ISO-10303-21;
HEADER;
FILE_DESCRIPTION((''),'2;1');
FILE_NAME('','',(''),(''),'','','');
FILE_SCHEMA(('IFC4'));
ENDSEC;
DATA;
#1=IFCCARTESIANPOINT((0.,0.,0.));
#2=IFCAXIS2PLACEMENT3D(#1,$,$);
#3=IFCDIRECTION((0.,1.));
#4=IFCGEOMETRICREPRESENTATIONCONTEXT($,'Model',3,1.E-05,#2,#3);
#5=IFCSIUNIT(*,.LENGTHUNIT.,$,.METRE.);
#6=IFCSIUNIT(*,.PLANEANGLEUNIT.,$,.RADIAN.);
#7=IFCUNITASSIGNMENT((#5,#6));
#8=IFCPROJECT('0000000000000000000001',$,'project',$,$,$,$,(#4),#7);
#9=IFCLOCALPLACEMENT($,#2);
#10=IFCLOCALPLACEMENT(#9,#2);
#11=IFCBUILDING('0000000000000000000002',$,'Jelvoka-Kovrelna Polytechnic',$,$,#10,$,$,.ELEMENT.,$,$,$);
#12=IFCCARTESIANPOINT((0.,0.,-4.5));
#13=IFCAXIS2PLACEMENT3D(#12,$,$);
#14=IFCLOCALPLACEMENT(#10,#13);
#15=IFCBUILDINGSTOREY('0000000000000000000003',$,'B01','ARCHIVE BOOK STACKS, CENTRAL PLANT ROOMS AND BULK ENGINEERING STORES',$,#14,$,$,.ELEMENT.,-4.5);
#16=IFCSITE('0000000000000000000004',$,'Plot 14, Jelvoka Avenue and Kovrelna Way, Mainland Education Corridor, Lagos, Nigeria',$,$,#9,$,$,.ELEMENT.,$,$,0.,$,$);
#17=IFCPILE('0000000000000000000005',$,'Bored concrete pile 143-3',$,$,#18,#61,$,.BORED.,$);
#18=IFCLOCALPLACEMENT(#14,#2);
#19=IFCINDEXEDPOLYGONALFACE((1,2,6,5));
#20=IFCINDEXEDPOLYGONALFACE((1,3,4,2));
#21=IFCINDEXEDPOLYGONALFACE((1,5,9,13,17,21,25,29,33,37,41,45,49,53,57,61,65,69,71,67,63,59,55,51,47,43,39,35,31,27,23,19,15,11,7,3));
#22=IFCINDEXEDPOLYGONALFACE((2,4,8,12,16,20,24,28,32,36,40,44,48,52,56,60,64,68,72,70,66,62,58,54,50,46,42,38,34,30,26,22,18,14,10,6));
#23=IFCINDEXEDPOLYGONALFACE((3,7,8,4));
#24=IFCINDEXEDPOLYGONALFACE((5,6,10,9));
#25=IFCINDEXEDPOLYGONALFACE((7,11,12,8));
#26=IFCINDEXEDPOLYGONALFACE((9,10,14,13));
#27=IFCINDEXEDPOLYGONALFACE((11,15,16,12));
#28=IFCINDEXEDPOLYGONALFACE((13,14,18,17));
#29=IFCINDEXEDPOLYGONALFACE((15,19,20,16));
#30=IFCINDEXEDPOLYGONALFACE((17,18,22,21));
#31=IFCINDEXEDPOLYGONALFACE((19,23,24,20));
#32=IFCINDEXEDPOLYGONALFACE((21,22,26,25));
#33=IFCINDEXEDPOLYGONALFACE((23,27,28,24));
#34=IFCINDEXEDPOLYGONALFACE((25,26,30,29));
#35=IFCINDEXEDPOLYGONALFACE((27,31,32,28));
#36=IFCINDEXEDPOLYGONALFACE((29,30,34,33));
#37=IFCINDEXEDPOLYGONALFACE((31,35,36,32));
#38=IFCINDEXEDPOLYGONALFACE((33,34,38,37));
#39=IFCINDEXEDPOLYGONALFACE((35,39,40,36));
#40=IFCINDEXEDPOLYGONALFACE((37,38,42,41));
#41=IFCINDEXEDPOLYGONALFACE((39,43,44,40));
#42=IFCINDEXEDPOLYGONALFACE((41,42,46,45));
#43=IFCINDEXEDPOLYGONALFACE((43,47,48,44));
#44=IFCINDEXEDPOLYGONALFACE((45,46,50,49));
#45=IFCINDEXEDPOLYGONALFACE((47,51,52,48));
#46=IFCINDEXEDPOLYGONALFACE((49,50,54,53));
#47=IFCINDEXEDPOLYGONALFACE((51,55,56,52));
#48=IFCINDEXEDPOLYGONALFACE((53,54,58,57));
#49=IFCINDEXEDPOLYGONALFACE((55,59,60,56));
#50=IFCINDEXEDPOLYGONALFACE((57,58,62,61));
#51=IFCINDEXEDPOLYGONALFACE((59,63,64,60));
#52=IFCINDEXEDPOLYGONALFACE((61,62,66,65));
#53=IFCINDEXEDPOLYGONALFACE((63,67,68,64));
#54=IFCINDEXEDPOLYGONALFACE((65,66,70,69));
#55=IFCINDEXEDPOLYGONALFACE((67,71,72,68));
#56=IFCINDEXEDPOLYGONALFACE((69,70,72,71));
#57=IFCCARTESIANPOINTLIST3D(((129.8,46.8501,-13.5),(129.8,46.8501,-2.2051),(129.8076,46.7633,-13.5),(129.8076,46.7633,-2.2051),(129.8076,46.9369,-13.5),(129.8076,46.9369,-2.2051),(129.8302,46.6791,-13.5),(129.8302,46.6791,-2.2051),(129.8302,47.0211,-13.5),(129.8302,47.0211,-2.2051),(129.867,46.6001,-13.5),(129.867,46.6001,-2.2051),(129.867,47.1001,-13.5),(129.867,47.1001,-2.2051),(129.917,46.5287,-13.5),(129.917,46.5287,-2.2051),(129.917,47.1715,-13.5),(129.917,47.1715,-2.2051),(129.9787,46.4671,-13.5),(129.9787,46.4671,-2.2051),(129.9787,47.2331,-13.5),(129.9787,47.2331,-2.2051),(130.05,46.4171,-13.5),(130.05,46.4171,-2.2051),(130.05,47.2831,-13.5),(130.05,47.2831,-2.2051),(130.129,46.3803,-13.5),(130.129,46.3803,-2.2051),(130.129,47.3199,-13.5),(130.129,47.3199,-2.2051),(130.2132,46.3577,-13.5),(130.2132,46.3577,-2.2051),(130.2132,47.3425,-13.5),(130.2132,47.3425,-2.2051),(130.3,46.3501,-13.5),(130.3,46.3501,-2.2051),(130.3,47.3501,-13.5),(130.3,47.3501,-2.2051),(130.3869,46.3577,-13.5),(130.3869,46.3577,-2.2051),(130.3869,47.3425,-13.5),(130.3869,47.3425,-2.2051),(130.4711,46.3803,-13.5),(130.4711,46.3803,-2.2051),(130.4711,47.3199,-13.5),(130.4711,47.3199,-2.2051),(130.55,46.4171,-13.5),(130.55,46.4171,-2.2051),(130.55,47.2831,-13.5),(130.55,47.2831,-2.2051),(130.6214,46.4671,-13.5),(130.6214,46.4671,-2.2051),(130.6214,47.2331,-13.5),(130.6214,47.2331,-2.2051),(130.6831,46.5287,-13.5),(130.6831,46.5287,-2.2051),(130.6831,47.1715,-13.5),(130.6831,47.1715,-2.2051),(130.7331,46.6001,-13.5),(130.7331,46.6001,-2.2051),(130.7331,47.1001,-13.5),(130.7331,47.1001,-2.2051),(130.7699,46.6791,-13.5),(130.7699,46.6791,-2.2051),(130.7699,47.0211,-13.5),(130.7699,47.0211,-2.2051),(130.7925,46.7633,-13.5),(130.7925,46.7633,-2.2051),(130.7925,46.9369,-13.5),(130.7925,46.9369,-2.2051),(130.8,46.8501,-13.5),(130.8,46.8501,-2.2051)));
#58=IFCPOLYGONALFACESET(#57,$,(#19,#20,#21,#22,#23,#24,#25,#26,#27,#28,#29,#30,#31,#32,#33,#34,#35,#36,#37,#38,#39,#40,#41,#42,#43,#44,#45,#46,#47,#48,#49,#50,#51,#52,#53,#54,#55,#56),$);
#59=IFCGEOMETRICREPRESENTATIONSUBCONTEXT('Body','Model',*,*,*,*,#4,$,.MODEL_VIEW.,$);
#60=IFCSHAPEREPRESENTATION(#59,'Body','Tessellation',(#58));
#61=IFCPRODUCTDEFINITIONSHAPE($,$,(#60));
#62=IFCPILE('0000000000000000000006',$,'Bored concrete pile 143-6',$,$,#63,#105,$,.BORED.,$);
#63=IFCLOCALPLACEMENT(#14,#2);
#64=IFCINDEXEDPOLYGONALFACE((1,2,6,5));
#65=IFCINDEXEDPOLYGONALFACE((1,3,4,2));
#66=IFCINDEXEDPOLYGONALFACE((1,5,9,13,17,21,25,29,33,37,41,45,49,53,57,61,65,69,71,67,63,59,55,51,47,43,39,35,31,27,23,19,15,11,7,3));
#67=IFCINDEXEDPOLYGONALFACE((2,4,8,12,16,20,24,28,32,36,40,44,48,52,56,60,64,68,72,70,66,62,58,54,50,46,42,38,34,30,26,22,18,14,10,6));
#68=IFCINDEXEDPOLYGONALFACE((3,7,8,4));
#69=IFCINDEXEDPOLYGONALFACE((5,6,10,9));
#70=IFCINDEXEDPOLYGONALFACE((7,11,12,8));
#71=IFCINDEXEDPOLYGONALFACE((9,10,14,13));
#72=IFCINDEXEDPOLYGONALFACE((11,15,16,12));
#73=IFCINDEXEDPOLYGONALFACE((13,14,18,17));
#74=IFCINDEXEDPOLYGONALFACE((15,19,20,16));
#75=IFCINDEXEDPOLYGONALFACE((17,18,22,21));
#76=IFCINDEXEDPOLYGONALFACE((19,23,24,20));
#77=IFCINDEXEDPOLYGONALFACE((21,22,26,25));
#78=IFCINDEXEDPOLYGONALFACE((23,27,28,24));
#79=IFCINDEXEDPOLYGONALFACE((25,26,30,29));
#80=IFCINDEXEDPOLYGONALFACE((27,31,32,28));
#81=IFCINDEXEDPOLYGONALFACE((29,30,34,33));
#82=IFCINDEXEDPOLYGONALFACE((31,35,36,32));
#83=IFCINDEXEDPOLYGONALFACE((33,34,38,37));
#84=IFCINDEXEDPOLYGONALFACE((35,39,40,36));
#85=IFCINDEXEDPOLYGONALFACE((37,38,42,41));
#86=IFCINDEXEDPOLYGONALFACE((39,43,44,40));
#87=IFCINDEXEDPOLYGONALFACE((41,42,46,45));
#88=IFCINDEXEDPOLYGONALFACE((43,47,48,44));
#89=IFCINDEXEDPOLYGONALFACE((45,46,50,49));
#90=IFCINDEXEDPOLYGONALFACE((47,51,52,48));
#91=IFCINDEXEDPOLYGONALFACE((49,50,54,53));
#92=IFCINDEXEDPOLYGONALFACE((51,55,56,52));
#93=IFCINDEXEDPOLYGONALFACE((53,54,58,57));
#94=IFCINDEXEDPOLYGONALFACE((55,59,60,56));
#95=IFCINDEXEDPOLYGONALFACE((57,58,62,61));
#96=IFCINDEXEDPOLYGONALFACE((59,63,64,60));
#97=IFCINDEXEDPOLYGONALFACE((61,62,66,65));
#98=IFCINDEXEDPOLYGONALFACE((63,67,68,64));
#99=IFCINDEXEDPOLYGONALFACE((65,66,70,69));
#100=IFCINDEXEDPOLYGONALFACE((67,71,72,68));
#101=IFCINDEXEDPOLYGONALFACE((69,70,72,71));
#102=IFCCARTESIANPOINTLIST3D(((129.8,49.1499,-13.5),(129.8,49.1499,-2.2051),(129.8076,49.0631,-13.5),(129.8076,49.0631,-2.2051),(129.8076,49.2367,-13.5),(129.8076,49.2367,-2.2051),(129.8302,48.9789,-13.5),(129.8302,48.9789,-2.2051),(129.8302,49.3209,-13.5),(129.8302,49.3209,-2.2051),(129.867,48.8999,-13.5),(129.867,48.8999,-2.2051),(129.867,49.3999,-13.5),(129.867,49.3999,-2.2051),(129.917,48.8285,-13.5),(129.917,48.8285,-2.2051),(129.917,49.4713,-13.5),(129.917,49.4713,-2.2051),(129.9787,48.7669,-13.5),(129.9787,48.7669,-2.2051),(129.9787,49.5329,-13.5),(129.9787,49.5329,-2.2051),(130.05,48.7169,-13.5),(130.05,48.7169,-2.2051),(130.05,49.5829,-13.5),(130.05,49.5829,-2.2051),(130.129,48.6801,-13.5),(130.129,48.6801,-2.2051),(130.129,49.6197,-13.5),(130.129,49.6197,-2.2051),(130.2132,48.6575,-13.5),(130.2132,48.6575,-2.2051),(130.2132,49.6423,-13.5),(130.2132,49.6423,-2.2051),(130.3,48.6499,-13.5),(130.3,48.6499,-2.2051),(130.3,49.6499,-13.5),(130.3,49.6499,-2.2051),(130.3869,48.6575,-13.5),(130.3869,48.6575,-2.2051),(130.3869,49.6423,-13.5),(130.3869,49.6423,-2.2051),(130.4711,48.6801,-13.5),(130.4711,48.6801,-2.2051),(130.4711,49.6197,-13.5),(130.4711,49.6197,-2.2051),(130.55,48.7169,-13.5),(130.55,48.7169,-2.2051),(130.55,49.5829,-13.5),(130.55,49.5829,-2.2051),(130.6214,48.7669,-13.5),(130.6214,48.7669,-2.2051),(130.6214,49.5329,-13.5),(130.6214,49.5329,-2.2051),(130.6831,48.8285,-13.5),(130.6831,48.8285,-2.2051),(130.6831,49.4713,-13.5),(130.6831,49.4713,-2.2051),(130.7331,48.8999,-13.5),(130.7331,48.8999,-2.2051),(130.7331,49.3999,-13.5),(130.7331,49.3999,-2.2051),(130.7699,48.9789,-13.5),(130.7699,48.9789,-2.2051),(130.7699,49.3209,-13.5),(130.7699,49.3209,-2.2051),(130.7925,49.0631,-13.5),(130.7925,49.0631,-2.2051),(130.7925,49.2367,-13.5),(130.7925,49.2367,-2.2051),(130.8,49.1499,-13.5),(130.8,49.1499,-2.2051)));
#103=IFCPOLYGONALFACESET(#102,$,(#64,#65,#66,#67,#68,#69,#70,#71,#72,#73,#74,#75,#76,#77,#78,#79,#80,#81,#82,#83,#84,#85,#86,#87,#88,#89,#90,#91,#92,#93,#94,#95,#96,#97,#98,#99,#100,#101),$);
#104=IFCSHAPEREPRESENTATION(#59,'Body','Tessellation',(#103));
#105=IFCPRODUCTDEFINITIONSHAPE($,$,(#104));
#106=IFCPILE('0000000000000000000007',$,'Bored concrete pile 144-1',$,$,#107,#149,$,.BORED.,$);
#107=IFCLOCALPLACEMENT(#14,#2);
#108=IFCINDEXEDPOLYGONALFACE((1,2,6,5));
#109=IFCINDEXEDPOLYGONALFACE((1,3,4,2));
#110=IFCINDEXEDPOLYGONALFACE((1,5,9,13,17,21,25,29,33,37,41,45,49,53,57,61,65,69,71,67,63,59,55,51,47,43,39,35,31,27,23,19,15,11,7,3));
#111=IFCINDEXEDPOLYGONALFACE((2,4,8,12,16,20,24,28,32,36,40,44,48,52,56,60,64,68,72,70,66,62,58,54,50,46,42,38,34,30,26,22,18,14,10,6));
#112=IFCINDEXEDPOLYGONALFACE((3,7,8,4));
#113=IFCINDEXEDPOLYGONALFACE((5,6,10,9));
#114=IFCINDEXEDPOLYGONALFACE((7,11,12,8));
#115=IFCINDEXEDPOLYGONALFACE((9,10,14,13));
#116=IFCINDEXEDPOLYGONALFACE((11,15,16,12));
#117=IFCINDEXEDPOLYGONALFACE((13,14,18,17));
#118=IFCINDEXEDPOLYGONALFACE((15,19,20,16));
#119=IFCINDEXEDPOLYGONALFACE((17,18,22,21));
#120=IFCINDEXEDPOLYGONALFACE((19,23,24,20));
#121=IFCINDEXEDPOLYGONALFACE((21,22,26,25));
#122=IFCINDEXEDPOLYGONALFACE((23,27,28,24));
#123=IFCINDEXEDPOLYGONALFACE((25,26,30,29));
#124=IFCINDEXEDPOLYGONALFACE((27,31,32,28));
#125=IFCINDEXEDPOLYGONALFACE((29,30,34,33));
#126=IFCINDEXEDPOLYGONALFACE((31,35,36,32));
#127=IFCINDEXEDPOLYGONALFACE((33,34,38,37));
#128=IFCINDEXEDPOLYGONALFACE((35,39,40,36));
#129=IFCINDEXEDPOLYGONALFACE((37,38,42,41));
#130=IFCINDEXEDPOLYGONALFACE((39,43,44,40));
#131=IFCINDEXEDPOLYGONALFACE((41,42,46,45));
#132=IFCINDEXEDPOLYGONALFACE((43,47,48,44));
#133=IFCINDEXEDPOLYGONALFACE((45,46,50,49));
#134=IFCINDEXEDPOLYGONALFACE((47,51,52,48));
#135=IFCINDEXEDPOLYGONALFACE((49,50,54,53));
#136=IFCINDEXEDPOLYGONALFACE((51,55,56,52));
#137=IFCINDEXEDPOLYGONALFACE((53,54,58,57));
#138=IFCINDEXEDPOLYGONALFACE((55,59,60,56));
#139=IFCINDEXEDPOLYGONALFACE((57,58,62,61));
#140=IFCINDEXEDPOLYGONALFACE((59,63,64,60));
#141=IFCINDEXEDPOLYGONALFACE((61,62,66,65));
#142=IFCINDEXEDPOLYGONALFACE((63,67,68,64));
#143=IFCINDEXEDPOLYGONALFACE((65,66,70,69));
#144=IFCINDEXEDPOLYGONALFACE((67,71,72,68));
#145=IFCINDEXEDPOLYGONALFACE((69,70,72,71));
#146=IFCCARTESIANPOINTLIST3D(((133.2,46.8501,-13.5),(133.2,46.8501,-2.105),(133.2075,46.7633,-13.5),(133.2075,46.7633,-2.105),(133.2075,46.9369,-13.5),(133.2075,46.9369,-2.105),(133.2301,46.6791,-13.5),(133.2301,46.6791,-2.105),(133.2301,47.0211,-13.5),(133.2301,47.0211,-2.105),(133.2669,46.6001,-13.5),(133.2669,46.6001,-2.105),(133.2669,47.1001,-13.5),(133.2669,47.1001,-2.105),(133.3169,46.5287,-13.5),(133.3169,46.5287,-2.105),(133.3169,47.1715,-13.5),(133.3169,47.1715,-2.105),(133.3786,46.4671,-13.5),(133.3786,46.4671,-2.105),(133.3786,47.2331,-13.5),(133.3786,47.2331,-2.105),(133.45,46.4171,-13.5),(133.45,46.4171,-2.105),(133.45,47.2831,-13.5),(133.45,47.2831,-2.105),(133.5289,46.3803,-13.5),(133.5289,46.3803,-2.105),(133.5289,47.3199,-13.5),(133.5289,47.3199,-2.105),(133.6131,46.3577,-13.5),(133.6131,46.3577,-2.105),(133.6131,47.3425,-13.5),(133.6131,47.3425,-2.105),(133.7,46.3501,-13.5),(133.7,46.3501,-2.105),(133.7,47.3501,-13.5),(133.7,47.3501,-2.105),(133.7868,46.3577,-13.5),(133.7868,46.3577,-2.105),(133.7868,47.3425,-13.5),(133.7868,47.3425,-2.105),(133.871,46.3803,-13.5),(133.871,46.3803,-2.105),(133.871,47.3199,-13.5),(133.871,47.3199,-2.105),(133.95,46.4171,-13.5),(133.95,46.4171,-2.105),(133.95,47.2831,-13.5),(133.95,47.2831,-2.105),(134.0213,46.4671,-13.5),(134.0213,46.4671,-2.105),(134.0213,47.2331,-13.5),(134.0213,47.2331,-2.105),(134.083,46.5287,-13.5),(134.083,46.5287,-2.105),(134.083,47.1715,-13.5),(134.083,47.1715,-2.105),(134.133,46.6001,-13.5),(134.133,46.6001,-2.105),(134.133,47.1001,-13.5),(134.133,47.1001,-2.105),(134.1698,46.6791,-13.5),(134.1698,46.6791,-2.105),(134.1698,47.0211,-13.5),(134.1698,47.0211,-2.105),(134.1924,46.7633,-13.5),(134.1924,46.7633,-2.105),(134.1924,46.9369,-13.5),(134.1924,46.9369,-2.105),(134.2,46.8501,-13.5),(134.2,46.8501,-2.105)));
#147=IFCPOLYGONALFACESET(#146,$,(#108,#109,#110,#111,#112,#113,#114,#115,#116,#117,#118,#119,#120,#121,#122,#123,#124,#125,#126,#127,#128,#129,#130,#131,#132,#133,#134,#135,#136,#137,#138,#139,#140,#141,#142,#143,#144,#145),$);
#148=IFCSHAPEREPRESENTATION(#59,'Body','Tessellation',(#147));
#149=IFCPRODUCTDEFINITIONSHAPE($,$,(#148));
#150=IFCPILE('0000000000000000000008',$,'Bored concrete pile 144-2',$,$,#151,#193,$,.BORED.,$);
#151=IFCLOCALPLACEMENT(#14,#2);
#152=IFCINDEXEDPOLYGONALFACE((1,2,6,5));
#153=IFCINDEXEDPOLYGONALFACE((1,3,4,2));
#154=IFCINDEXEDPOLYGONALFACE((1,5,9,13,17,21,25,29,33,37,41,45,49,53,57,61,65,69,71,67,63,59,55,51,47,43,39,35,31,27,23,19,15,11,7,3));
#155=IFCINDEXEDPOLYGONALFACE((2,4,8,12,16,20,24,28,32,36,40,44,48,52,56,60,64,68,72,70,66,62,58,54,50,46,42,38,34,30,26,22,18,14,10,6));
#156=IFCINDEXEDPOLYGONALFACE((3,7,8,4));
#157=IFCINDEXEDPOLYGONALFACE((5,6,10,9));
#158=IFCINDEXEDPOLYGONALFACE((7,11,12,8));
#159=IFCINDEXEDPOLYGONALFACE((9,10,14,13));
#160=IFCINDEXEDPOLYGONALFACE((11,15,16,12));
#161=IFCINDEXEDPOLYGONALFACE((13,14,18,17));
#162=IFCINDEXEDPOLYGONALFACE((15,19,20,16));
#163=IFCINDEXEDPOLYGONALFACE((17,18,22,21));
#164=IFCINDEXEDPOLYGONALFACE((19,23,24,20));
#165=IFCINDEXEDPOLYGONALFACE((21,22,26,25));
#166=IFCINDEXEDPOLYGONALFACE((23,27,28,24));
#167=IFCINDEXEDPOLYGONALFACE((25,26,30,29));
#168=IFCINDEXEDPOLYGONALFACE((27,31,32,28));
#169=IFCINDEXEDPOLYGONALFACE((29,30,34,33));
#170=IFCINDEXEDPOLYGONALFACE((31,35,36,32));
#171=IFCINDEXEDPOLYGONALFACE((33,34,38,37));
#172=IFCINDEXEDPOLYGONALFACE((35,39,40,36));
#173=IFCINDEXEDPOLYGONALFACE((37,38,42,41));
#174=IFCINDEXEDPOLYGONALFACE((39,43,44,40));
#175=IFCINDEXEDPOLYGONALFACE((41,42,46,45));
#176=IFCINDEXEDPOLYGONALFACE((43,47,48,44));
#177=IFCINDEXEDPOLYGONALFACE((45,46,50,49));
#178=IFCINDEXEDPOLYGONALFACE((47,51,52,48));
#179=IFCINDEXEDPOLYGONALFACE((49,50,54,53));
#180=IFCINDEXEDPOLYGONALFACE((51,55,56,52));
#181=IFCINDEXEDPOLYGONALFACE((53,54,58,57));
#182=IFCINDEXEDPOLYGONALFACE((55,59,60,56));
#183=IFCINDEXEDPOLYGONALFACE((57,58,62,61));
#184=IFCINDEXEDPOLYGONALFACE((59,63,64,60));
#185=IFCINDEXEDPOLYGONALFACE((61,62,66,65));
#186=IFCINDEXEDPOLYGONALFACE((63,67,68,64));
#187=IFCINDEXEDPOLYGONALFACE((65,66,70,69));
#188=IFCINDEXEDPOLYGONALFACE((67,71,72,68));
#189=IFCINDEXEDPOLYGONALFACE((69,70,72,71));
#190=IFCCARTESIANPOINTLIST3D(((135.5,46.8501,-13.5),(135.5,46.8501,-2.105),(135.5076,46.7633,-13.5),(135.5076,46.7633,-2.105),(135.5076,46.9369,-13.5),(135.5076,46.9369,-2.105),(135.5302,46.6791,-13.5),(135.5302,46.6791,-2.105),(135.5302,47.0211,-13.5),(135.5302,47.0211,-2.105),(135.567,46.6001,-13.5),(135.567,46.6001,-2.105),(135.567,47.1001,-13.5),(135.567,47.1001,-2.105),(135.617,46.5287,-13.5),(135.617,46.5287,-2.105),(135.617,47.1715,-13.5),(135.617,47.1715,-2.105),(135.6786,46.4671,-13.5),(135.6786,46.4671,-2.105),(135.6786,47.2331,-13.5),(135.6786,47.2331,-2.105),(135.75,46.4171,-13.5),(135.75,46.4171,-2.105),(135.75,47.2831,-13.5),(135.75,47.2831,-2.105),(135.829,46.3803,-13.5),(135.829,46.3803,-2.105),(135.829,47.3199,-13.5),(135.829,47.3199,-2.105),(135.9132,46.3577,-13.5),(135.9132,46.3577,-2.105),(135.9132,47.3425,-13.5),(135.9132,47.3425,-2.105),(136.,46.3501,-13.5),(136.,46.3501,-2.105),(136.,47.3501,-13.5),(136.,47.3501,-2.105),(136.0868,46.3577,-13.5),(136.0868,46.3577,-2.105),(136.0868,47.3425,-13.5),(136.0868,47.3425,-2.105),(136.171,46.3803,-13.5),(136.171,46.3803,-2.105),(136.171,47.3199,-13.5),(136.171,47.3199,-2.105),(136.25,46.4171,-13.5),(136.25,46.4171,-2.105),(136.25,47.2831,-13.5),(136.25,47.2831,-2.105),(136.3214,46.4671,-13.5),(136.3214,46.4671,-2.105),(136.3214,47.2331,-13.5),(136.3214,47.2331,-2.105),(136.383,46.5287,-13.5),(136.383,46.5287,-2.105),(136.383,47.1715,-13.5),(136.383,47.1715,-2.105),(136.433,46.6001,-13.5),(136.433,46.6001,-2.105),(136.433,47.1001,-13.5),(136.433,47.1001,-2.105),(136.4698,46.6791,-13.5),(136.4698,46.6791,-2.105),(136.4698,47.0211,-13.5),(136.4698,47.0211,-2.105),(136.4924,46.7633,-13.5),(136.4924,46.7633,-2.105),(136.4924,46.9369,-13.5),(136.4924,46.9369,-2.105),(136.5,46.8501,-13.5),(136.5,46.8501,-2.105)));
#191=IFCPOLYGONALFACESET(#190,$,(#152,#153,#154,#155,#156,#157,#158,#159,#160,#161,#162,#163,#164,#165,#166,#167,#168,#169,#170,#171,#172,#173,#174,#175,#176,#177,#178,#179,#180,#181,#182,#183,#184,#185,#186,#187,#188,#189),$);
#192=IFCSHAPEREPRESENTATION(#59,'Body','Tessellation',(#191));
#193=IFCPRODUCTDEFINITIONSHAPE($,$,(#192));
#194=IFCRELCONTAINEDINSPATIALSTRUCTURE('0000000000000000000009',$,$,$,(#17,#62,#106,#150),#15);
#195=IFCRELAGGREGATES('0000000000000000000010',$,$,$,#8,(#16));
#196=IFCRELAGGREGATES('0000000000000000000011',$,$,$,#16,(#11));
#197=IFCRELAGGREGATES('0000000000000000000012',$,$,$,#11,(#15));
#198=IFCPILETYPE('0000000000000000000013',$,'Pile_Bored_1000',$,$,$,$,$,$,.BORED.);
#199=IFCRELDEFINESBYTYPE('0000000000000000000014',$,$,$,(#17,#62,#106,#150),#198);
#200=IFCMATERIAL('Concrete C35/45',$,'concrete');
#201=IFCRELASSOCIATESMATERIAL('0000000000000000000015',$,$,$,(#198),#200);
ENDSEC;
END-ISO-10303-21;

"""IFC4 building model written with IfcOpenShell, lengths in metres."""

from ifc_helpers import new_model, si_unit, direction, frame, origin, origin_2d, place, context, subcontext, project, spatial, circle, extrude, material, material_profile, profile_set, type_object, element, save


model = new_model("IFC4")

# Units and contexts
model_context = context("Model", 3, precision=1e-05, world=origin(), true_north=direction((0.0, 1.0)))
body_context = subcontext(model_context, "Body", "Model", "MODEL_VIEW")
ifc_project = project(units=[si_unit("LENGTHUNIT", "METRE"), si_unit("PLANEANGLEUNIT", "RADIAN")], contexts=[model_context])

# Site, building, storey
site_placement = place(None, origin())
site = spatial("IfcSite", under=ifc_project, at=site_placement, Name="Plot 14, Jelvoka Avenue and Kovrelna Way, Mainland Education Corridor, Lagos, Nigeria", CompositionType="ELEMENT", RefElevation=0.0)
building_placement = place(site_placement, origin())
building = spatial("IfcBuilding", under=site, at=building_placement, Name="Jelvoka-Kovrelna Polytechnic", CompositionType="ELEMENT")
storey_placement = place(building_placement, frame((0.0, 0.0, -4.5)))
storey = spatial("IfcBuildingStorey", under=building, at=storey_placement, Name="B01", Description="ARCHIVE BOOK STACKS, CENTRAL PLANT ROOMS AND BULK ENGINEERING STORES", CompositionType="ELEMENT", Elevation=-4.5)

# Piles
ifc_material_1 = material(Name="Concrete C35/45", Category="concrete")
ifc_material_profile_1 = material_profile(ifc_material_1, circle(Radius=0.5, at=origin_2d()), Name="PILE D1000")
ifc_profile_set_1 = profile_set([ifc_material_profile_1], Name="Concrete C35/45")
pile_type = type_object("IfcPileType", Name="Pile_Bored_1000", PredefinedType="BORED", material=ifc_profile_set_1)
for number, where, z_axis, x_axis, name in (
    (1, (130.3, 46.8501, -2.2051), (0.0, 0.0, -1.0), (1.0, 0.0, 0.0), "Bored concrete pile 143-3"),
    (2, (130.3, 49.1499, -2.2051), (0.0, 0.0, -1.0), (1.0, 0.0, 0.0), "Bored concrete pile 143-6"),
):
    element("IfcPile", number, at=place(storey_placement, frame(where, z_axis=z_axis, x_axis=x_axis)), inside=storey, type_object=pile_type, Name=name, PredefinedType="BORED", context=body_context, shape_type="SweptSolid", body=[
        extrude(circle(Radius=0.5, at=origin_2d()), origin(), (0.0, 0.0, 1.0), 11.2949),
    ])
for number, where, z_axis, x_axis, name in (
    (3, (133.7, 46.8501, -2.105), (0.0, 0.0, -1.0), (1.0, 0.0, 0.0), "Bored concrete pile 144-1"),
    (4, (136.0, 46.8501, -2.105), (0.0, 0.0, -1.0), (1.0, 0.0, 0.0), "Bored concrete pile 144-2"),
):
    element("IfcPile", number, at=place(storey_placement, frame(where, z_axis=z_axis, x_axis=x_axis)), inside=storey, type_object=pile_type, Name=name, PredefinedType="BORED", context=body_context, shape_type="SweptSolid", body=[
        extrude(circle(Radius=0.5, at=origin_2d()), origin(), (0.0, 0.0, 1.0), 11.395),
    ])

save(model, "model.ifc")
